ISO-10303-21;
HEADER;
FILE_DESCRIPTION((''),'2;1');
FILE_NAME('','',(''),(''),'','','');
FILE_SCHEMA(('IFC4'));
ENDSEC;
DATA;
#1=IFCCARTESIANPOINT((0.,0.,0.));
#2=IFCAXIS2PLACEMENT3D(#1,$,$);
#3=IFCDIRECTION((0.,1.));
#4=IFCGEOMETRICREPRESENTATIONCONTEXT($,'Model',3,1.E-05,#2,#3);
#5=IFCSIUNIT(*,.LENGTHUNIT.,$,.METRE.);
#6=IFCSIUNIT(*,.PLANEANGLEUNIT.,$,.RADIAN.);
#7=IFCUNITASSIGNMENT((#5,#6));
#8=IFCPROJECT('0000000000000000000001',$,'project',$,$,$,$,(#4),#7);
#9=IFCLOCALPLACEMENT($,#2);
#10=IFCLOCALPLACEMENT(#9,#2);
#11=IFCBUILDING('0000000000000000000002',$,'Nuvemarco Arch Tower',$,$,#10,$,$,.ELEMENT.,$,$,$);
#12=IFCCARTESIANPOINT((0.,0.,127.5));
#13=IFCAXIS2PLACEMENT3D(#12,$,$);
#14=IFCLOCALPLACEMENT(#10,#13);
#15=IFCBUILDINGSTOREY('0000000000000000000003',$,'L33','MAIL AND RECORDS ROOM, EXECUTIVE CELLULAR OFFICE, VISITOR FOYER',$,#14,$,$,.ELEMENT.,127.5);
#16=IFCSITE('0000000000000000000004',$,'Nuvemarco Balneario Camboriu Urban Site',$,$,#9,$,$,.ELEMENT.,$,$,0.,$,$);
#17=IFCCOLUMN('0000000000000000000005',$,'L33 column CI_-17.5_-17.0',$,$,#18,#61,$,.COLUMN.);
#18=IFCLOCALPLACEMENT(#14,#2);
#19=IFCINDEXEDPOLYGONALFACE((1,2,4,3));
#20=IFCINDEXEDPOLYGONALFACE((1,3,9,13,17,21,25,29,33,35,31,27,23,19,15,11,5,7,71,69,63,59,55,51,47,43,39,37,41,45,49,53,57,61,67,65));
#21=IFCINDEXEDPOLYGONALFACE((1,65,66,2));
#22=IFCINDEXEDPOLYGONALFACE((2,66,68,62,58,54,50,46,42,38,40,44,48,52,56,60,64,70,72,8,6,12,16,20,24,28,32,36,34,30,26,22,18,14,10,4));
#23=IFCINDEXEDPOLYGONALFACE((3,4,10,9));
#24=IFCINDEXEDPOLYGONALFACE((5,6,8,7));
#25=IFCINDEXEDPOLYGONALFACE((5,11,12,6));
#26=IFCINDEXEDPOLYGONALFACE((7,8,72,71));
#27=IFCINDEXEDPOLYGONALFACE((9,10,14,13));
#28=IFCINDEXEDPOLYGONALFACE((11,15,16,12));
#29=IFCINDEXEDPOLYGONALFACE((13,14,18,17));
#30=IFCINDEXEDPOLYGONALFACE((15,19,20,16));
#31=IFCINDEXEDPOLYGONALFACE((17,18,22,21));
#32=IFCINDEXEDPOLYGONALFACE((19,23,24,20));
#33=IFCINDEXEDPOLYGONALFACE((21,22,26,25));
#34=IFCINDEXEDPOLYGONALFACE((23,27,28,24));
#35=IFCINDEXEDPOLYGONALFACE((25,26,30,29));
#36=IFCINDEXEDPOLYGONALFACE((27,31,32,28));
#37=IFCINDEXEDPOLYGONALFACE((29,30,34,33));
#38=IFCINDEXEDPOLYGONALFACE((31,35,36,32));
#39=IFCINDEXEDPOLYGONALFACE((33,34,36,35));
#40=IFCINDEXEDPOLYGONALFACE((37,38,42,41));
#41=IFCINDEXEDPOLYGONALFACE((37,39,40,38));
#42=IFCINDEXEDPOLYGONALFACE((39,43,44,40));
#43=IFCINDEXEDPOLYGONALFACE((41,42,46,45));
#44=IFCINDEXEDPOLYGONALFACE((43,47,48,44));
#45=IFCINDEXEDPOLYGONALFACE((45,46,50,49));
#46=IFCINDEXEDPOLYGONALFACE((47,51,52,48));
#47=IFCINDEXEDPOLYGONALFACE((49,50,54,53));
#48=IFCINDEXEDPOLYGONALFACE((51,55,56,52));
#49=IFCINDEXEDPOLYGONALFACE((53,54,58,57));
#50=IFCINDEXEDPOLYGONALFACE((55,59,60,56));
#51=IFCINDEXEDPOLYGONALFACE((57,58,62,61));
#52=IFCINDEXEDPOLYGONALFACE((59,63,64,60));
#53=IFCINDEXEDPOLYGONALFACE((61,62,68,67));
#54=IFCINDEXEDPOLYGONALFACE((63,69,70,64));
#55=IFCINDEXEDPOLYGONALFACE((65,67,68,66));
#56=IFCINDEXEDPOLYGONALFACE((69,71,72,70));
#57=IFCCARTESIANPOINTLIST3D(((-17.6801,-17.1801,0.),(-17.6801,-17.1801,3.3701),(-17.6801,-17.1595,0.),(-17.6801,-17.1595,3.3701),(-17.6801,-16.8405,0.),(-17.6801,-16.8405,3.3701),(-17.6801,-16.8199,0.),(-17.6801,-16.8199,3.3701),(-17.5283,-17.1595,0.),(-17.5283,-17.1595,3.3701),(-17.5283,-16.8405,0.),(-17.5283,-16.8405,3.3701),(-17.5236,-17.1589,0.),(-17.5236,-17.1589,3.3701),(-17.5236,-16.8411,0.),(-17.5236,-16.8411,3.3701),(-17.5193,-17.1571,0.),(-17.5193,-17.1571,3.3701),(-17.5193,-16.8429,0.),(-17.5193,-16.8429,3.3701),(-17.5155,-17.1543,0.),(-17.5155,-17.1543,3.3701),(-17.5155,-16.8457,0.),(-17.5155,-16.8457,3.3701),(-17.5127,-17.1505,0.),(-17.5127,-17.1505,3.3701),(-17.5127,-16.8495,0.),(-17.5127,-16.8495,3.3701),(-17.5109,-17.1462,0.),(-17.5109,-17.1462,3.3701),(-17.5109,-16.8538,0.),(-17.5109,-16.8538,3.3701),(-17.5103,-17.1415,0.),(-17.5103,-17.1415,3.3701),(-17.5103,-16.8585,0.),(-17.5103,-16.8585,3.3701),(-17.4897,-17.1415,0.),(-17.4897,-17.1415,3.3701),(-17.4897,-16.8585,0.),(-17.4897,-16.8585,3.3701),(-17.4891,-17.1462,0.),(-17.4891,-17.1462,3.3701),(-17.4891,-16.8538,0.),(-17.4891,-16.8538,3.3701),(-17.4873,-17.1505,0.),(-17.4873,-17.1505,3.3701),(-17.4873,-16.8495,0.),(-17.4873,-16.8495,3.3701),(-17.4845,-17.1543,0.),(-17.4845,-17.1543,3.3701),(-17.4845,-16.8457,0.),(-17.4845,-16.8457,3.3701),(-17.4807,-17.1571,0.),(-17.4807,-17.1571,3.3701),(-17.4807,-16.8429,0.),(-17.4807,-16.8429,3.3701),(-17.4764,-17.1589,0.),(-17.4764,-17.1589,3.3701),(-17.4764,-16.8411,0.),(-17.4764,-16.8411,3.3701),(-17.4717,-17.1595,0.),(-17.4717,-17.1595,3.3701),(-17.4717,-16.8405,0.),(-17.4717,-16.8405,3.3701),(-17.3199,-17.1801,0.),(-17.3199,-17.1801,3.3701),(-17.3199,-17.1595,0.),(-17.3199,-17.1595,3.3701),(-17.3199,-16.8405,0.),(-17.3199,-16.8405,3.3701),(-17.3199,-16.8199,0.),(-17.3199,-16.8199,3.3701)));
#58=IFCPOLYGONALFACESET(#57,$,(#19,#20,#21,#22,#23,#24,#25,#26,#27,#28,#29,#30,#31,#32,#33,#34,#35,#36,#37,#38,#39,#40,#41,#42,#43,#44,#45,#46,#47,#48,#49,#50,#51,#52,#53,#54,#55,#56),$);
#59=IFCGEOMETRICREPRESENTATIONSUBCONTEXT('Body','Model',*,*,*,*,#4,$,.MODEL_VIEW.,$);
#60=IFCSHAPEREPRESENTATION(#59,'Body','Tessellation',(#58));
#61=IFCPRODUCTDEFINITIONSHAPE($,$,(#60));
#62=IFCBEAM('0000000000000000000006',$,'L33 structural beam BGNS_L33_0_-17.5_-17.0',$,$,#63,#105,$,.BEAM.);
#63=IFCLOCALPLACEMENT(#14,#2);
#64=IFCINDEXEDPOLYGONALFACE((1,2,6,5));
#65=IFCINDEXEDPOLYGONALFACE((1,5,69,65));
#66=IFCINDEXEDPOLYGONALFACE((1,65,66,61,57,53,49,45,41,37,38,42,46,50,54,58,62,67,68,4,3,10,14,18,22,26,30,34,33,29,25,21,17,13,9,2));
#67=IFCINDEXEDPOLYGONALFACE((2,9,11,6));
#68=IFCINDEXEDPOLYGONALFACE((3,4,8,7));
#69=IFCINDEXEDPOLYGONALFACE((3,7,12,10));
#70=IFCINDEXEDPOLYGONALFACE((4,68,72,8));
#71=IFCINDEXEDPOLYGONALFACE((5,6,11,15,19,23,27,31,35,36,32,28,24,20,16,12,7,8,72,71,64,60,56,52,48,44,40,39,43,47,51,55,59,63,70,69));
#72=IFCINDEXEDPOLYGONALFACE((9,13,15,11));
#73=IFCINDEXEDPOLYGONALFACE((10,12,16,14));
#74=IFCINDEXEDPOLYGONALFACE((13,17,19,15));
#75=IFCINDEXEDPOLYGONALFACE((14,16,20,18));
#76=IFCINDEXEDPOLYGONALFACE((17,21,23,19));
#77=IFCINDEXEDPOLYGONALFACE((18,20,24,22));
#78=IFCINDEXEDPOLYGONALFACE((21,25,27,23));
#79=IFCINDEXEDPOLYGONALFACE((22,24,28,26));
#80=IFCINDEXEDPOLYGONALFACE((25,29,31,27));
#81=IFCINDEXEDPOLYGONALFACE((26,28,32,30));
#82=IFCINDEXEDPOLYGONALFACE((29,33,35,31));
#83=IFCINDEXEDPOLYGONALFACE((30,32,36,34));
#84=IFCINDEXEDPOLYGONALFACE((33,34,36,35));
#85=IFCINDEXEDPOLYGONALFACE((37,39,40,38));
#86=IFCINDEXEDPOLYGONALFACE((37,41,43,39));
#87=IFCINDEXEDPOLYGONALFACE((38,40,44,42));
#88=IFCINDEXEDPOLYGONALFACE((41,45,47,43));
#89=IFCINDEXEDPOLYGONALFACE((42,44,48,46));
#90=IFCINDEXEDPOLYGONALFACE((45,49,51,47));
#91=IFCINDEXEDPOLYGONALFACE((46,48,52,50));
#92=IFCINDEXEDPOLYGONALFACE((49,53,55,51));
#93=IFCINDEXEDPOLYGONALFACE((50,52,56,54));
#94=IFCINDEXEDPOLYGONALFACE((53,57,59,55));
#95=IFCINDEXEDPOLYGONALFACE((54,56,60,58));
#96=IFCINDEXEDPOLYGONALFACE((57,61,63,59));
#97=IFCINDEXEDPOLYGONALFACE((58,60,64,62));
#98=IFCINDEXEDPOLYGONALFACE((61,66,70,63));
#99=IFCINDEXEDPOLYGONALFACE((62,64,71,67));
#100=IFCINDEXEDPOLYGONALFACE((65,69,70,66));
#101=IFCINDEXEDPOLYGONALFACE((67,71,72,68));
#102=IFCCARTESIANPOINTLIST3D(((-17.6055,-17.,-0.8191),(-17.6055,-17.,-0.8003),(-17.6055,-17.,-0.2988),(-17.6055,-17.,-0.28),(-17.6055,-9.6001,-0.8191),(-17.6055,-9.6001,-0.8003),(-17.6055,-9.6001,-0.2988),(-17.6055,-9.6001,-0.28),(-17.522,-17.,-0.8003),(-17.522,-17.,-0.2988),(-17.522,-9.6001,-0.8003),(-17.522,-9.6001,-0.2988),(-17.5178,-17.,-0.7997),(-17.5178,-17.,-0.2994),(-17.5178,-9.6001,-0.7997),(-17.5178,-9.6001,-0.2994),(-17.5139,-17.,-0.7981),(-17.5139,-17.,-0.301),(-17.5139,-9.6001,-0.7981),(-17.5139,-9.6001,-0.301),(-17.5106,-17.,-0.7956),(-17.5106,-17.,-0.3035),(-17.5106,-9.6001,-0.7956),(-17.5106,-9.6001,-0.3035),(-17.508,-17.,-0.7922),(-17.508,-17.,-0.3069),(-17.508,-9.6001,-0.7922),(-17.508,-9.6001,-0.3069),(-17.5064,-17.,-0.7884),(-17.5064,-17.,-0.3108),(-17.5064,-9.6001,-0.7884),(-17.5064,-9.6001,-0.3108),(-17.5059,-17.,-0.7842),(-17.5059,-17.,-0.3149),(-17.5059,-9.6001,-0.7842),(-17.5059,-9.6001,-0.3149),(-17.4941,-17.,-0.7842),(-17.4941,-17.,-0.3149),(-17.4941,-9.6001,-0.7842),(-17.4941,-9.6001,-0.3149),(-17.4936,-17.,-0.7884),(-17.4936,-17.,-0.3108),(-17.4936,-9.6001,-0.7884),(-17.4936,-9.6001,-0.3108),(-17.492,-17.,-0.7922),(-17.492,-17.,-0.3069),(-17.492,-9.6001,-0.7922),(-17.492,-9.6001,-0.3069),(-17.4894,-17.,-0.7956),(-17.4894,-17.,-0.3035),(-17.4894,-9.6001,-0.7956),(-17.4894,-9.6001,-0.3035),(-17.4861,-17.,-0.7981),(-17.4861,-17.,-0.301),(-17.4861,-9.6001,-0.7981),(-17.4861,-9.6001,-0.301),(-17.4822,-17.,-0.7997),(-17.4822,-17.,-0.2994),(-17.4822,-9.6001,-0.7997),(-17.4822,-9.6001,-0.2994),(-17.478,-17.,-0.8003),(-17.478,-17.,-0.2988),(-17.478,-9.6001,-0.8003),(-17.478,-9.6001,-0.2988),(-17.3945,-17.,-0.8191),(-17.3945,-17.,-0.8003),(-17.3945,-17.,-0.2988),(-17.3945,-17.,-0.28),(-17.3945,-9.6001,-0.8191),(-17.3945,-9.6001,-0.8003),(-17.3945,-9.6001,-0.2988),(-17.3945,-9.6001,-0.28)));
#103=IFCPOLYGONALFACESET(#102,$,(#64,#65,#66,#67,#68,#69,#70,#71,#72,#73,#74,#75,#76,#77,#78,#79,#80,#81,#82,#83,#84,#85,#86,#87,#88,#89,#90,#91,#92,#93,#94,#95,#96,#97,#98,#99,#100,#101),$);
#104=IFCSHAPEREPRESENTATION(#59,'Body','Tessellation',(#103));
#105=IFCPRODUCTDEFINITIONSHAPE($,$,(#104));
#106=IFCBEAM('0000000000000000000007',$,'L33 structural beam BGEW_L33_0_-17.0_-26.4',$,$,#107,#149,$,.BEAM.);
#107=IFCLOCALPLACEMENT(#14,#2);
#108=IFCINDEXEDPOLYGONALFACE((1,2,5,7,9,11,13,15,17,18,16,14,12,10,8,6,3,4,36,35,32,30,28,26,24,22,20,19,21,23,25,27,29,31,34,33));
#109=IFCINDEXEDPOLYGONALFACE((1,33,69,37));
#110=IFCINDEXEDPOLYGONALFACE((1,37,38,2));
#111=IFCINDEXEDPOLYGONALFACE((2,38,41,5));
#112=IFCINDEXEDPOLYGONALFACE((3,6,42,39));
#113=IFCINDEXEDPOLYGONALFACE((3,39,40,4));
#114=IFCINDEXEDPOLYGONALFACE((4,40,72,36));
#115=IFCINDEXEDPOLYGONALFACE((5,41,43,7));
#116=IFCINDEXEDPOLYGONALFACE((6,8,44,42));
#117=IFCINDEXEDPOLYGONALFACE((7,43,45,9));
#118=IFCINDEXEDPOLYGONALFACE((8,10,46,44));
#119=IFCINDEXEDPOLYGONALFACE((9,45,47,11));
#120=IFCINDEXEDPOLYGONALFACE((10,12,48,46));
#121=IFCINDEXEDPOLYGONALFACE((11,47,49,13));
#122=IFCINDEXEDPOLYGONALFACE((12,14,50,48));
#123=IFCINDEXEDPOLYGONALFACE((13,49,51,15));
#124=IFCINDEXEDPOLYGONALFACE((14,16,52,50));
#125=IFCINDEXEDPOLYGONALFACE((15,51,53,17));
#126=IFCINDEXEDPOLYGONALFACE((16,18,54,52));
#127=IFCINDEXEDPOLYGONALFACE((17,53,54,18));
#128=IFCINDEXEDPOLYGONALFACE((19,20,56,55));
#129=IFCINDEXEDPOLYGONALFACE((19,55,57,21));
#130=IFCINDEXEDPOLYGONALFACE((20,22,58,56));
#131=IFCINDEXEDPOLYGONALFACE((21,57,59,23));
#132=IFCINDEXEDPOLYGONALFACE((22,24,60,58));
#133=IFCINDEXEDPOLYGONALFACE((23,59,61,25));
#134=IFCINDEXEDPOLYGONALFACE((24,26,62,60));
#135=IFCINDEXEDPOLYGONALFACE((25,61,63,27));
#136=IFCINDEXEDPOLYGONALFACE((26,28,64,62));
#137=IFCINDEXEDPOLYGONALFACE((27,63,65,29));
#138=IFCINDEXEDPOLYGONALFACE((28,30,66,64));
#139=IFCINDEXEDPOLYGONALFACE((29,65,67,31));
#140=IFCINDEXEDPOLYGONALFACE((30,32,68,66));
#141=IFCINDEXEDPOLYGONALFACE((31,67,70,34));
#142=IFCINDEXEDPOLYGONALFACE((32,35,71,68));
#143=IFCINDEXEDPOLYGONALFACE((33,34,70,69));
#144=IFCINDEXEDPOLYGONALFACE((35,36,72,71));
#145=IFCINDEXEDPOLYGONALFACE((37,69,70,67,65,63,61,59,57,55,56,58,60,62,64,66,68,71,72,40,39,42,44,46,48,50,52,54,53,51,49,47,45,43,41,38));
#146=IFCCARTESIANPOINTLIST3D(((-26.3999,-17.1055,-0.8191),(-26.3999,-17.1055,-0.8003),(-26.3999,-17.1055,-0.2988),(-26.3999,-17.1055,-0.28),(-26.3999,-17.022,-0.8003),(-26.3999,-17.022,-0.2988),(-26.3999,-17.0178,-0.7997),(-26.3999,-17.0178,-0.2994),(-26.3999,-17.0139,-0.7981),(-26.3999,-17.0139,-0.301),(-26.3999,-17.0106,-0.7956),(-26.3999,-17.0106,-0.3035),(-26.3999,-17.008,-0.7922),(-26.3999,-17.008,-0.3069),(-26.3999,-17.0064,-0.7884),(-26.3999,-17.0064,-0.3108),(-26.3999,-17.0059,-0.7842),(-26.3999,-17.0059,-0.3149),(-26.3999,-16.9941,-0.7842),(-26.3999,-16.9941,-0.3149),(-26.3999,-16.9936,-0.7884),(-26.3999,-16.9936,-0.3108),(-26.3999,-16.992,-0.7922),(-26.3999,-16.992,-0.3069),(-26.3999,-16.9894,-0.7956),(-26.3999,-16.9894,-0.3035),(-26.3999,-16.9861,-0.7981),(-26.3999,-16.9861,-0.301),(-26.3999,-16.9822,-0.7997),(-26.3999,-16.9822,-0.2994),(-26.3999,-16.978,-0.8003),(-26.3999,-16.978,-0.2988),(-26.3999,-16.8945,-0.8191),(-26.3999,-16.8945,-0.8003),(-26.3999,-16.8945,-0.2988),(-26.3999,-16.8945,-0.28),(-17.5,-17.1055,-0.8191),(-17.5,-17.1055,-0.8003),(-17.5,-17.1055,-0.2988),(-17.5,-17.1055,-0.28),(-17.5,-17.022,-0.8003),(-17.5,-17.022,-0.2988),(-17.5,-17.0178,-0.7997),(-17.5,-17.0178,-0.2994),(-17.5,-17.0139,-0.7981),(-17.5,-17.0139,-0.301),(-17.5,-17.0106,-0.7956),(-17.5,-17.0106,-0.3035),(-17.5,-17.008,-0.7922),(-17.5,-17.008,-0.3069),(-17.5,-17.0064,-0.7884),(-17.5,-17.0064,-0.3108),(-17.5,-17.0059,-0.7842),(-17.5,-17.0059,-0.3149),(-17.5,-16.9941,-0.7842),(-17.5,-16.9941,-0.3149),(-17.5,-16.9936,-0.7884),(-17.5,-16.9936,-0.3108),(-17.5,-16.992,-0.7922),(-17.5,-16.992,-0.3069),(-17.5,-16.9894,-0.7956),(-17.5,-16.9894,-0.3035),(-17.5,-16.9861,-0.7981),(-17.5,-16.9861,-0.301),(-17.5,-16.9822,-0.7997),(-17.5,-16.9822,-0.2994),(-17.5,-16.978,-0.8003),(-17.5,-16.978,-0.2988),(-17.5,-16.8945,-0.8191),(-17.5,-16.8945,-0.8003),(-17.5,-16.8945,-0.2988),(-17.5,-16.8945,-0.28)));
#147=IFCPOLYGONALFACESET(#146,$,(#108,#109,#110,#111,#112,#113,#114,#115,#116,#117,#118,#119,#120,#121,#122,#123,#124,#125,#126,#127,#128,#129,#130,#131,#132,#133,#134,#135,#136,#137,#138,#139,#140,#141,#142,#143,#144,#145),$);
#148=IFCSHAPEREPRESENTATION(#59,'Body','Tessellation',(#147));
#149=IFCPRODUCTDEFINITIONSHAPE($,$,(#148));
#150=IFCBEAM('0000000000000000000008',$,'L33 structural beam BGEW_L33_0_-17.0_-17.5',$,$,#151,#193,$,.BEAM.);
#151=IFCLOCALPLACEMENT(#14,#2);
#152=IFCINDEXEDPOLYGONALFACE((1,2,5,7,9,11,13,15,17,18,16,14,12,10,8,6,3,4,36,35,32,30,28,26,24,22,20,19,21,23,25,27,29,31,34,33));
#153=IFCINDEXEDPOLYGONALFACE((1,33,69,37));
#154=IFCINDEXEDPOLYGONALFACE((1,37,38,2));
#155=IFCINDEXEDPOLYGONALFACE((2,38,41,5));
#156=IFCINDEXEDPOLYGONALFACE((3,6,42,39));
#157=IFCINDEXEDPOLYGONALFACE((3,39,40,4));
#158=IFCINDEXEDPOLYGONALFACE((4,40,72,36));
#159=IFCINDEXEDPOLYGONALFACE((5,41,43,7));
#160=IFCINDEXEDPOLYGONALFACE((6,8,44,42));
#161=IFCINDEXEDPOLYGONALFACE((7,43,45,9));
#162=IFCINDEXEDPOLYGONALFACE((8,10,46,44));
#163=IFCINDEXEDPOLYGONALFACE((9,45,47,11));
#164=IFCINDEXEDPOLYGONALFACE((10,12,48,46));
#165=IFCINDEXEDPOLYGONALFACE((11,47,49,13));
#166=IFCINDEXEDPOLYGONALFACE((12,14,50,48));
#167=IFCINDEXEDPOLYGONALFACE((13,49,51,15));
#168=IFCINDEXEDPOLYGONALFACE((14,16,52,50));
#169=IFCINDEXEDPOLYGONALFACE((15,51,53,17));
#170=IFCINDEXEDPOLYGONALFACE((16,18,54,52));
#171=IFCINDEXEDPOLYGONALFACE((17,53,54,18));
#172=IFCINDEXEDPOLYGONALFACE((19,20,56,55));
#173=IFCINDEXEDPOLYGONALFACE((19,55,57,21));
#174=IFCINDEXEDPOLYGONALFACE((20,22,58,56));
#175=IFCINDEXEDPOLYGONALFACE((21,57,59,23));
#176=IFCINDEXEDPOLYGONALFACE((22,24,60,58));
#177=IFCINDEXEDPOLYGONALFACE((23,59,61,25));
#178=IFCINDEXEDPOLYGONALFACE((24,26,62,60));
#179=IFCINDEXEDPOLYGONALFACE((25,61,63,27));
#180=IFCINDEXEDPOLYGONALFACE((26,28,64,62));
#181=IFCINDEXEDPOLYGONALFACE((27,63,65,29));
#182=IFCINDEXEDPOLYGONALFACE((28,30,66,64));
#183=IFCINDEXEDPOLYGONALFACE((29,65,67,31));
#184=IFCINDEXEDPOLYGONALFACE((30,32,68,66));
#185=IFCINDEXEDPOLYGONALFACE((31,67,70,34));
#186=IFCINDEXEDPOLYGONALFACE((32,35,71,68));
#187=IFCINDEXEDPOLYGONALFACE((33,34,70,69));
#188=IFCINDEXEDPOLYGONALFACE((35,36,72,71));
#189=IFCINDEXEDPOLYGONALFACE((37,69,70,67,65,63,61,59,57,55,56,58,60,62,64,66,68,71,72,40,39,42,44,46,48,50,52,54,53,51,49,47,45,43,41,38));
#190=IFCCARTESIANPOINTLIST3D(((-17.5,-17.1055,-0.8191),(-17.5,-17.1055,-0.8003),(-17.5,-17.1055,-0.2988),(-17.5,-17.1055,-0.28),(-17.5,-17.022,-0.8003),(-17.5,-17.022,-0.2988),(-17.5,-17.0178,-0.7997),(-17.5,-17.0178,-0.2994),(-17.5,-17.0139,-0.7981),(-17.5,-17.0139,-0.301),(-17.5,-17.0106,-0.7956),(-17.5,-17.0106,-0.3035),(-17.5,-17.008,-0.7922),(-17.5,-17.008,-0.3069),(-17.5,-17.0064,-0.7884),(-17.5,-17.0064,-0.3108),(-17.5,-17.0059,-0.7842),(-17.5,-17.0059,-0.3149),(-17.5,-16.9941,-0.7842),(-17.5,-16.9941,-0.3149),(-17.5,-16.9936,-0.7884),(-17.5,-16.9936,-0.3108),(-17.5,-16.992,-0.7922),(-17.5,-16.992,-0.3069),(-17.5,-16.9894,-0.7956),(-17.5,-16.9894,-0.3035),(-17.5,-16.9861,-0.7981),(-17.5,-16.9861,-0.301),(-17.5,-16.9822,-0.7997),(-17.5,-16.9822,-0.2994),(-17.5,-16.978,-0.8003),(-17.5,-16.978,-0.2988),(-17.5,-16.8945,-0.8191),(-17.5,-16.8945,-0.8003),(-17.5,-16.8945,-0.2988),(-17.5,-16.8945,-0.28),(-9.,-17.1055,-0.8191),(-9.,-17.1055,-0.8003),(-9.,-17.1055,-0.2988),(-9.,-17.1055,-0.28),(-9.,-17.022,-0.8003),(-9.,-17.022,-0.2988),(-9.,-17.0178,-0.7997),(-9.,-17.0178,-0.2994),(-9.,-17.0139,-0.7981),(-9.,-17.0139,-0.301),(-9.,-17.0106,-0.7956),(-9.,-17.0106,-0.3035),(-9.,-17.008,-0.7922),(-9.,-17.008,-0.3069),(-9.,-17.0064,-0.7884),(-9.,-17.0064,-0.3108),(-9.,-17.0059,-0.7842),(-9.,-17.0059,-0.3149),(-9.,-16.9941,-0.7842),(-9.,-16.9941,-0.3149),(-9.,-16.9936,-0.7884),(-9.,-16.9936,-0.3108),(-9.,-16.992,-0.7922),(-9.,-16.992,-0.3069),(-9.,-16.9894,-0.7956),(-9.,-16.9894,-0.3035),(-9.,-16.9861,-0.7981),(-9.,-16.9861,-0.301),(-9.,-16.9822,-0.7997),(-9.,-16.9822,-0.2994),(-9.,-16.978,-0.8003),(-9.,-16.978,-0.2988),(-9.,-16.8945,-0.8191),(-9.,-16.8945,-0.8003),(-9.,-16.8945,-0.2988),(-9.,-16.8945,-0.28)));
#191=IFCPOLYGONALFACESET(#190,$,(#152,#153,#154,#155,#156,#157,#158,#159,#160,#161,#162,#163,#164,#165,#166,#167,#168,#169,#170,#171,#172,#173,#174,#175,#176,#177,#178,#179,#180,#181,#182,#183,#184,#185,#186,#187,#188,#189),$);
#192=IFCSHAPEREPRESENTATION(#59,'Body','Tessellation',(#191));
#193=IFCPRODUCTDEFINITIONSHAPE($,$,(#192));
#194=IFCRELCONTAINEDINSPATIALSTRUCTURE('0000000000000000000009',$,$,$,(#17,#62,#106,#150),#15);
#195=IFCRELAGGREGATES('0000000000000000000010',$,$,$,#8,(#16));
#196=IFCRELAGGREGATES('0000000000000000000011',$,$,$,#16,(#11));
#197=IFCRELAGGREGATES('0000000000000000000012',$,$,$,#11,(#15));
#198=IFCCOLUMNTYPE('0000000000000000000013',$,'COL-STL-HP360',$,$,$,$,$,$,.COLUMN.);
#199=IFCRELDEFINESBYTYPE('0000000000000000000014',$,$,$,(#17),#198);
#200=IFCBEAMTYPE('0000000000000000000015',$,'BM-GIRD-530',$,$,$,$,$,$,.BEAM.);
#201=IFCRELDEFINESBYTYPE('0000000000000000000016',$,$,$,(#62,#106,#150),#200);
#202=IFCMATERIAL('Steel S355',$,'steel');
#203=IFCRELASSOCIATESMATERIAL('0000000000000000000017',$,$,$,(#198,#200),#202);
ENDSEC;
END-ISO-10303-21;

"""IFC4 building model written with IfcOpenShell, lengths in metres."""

from ifc_helpers import new_model, si_unit, direction, frame, origin, origin_2d, place, context, subcontext, project, spatial, i_section, extrude, material, material_profile, profile_set, type_object, element, save


model = new_model("IFC4")

# Units and contexts
model_context = context("Model", 3, precision=1e-05, world=origin(), true_north=direction((0.0, 1.0)))
body_context = subcontext(model_context, "Body", "Model", "MODEL_VIEW")
ifc_project = project(units=[si_unit("LENGTHUNIT", "METRE"), si_unit("PLANEANGLEUNIT", "RADIAN")], contexts=[model_context])

# Site, building, storey
site_placement = place(None, origin())
site = spatial("IfcSite", under=ifc_project, at=site_placement, Name="Nuvemarco Balneario Camboriu Urban Site", CompositionType="ELEMENT", RefElevation=0.0)
building_placement = place(site_placement, origin())
building = spatial("IfcBuilding", under=site, at=building_placement, Name="Nuvemarco Arch Tower", CompositionType="ELEMENT")
storey_placement = place(building_placement, frame((0.0, 0.0, 127.5)))
storey = spatial("IfcBuildingStorey", under=building, at=storey_placement, Name="L33", Description="MAIL AND RECORDS ROOM, EXECUTIVE CELLULAR OFFICE, VISITOR FOYER", CompositionType="ELEMENT", Elevation=127.5)

# Column
ifc_material_1 = material(Name="Steel S355", Category="steel")
ifc_material_profile_1 = material_profile(ifc_material_1, i_section(OverallWidth=0.3601, OverallDepth=0.3601, WebThickness=0.0205, FlangeThickness=0.0205, FilletRadius=0.0181, at=origin_2d()), Name="HP360x174")
ifc_profile_set_1 = profile_set([ifc_material_profile_1], Name="Steel S355")
column_type = type_object("IfcColumnType", Name="COL-STL-HP360", PredefinedType="COLUMN", material=ifc_profile_set_1)
column_placement = place(storey_placement, frame((-17.5, -17.0, 0.0), z_axis=(0.0, 0.0, 1.0), x_axis=(1.0, 0.0, 0.0)))
element("IfcColumn", 1, at=column_placement, inside=storey, type_object=column_type, Name="L33 column CI_-17.5_-17.0", PredefinedType="COLUMN", context=body_context, shape_type="SweptSolid", body=[
    extrude(i_section(OverallWidth=0.3601, OverallDepth=0.3601, WebThickness=0.0205, FlangeThickness=0.0205, FilletRadius=0.0181, at=origin_2d()), origin(), (0.0, 0.0, 1.0), 3.3701),
])

# Beams
ifc_material_profile_2 = material_profile(ifc_material_1, i_section(OverallWidth=0.2109, OverallDepth=0.5391, WebThickness=0.0117, FlangeThickness=0.0188, FilletRadius=0.0161, at=origin_2d()), Name="W530x109")
ifc_profile_set_2 = profile_set([ifc_material_profile_2], Name="Steel S355")
beam_type_1 = type_object("IfcBeamType", Name="BM-GIRD-530", PredefinedType="BEAM", material=ifc_profile_set_2)
beam_1_placement = place(storey_placement, frame((-17.5, -17.0, -0.5496), z_axis=(0.0, 1.0, 0.0), x_axis=(-1.0, 0.0, 0.0)))
element("IfcBeam", 2, at=beam_1_placement, inside=storey, type_object=beam_type_1, Name="L33 structural beam BGNS_L33_0_-17.5_-17.0", PredefinedType="BEAM", context=body_context, shape_type="SweptSolid", body=[
    extrude(i_section(OverallWidth=0.2109, OverallDepth=0.5391, WebThickness=0.0117, FlangeThickness=0.0188, FilletRadius=0.0161, at=origin_2d()), origin(), (0.0, 0.0, 1.0), 7.3999),
])
beam_2_placement = place(storey_placement, frame((-26.3999, -17.0, -0.5496), z_axis=(1.0, 0.0, 0.0), x_axis=(0.0, 1.0, 0.0)))
element("IfcBeam", 3, at=beam_2_placement, inside=storey, type_object=beam_type_1, Name="L33 structural beam BGEW_L33_0_-17.0_-26.4", PredefinedType="BEAM", context=body_context, shape_type="SweptSolid", body=[
    extrude(i_section(OverallWidth=0.2109, OverallDepth=0.5391, WebThickness=0.0117, FlangeThickness=0.0188, FilletRadius=0.0161, at=origin_2d()), origin(), (0.0, 0.0, 1.0), 8.8999),
])
beam_3_placement = place(storey_placement, frame((-17.5, -17.0, -0.5496), z_axis=(1.0, 0.0, 0.0), x_axis=(0.0, 1.0, 0.0)))
element("IfcBeam", 4, at=beam_3_placement, inside=storey, type_object=beam_type_1, Name="L33 structural beam BGEW_L33_0_-17.0_-17.5", PredefinedType="BEAM", context=body_context, shape_type="SweptSolid", body=[
    extrude(i_section(OverallWidth=0.2109, OverallDepth=0.5391, WebThickness=0.0117, FlangeThickness=0.0188, FilletRadius=0.0161, at=origin_2d()), origin(), (0.0, 0.0, 1.0), 8.5),
])

save(model, "model.ifc")
